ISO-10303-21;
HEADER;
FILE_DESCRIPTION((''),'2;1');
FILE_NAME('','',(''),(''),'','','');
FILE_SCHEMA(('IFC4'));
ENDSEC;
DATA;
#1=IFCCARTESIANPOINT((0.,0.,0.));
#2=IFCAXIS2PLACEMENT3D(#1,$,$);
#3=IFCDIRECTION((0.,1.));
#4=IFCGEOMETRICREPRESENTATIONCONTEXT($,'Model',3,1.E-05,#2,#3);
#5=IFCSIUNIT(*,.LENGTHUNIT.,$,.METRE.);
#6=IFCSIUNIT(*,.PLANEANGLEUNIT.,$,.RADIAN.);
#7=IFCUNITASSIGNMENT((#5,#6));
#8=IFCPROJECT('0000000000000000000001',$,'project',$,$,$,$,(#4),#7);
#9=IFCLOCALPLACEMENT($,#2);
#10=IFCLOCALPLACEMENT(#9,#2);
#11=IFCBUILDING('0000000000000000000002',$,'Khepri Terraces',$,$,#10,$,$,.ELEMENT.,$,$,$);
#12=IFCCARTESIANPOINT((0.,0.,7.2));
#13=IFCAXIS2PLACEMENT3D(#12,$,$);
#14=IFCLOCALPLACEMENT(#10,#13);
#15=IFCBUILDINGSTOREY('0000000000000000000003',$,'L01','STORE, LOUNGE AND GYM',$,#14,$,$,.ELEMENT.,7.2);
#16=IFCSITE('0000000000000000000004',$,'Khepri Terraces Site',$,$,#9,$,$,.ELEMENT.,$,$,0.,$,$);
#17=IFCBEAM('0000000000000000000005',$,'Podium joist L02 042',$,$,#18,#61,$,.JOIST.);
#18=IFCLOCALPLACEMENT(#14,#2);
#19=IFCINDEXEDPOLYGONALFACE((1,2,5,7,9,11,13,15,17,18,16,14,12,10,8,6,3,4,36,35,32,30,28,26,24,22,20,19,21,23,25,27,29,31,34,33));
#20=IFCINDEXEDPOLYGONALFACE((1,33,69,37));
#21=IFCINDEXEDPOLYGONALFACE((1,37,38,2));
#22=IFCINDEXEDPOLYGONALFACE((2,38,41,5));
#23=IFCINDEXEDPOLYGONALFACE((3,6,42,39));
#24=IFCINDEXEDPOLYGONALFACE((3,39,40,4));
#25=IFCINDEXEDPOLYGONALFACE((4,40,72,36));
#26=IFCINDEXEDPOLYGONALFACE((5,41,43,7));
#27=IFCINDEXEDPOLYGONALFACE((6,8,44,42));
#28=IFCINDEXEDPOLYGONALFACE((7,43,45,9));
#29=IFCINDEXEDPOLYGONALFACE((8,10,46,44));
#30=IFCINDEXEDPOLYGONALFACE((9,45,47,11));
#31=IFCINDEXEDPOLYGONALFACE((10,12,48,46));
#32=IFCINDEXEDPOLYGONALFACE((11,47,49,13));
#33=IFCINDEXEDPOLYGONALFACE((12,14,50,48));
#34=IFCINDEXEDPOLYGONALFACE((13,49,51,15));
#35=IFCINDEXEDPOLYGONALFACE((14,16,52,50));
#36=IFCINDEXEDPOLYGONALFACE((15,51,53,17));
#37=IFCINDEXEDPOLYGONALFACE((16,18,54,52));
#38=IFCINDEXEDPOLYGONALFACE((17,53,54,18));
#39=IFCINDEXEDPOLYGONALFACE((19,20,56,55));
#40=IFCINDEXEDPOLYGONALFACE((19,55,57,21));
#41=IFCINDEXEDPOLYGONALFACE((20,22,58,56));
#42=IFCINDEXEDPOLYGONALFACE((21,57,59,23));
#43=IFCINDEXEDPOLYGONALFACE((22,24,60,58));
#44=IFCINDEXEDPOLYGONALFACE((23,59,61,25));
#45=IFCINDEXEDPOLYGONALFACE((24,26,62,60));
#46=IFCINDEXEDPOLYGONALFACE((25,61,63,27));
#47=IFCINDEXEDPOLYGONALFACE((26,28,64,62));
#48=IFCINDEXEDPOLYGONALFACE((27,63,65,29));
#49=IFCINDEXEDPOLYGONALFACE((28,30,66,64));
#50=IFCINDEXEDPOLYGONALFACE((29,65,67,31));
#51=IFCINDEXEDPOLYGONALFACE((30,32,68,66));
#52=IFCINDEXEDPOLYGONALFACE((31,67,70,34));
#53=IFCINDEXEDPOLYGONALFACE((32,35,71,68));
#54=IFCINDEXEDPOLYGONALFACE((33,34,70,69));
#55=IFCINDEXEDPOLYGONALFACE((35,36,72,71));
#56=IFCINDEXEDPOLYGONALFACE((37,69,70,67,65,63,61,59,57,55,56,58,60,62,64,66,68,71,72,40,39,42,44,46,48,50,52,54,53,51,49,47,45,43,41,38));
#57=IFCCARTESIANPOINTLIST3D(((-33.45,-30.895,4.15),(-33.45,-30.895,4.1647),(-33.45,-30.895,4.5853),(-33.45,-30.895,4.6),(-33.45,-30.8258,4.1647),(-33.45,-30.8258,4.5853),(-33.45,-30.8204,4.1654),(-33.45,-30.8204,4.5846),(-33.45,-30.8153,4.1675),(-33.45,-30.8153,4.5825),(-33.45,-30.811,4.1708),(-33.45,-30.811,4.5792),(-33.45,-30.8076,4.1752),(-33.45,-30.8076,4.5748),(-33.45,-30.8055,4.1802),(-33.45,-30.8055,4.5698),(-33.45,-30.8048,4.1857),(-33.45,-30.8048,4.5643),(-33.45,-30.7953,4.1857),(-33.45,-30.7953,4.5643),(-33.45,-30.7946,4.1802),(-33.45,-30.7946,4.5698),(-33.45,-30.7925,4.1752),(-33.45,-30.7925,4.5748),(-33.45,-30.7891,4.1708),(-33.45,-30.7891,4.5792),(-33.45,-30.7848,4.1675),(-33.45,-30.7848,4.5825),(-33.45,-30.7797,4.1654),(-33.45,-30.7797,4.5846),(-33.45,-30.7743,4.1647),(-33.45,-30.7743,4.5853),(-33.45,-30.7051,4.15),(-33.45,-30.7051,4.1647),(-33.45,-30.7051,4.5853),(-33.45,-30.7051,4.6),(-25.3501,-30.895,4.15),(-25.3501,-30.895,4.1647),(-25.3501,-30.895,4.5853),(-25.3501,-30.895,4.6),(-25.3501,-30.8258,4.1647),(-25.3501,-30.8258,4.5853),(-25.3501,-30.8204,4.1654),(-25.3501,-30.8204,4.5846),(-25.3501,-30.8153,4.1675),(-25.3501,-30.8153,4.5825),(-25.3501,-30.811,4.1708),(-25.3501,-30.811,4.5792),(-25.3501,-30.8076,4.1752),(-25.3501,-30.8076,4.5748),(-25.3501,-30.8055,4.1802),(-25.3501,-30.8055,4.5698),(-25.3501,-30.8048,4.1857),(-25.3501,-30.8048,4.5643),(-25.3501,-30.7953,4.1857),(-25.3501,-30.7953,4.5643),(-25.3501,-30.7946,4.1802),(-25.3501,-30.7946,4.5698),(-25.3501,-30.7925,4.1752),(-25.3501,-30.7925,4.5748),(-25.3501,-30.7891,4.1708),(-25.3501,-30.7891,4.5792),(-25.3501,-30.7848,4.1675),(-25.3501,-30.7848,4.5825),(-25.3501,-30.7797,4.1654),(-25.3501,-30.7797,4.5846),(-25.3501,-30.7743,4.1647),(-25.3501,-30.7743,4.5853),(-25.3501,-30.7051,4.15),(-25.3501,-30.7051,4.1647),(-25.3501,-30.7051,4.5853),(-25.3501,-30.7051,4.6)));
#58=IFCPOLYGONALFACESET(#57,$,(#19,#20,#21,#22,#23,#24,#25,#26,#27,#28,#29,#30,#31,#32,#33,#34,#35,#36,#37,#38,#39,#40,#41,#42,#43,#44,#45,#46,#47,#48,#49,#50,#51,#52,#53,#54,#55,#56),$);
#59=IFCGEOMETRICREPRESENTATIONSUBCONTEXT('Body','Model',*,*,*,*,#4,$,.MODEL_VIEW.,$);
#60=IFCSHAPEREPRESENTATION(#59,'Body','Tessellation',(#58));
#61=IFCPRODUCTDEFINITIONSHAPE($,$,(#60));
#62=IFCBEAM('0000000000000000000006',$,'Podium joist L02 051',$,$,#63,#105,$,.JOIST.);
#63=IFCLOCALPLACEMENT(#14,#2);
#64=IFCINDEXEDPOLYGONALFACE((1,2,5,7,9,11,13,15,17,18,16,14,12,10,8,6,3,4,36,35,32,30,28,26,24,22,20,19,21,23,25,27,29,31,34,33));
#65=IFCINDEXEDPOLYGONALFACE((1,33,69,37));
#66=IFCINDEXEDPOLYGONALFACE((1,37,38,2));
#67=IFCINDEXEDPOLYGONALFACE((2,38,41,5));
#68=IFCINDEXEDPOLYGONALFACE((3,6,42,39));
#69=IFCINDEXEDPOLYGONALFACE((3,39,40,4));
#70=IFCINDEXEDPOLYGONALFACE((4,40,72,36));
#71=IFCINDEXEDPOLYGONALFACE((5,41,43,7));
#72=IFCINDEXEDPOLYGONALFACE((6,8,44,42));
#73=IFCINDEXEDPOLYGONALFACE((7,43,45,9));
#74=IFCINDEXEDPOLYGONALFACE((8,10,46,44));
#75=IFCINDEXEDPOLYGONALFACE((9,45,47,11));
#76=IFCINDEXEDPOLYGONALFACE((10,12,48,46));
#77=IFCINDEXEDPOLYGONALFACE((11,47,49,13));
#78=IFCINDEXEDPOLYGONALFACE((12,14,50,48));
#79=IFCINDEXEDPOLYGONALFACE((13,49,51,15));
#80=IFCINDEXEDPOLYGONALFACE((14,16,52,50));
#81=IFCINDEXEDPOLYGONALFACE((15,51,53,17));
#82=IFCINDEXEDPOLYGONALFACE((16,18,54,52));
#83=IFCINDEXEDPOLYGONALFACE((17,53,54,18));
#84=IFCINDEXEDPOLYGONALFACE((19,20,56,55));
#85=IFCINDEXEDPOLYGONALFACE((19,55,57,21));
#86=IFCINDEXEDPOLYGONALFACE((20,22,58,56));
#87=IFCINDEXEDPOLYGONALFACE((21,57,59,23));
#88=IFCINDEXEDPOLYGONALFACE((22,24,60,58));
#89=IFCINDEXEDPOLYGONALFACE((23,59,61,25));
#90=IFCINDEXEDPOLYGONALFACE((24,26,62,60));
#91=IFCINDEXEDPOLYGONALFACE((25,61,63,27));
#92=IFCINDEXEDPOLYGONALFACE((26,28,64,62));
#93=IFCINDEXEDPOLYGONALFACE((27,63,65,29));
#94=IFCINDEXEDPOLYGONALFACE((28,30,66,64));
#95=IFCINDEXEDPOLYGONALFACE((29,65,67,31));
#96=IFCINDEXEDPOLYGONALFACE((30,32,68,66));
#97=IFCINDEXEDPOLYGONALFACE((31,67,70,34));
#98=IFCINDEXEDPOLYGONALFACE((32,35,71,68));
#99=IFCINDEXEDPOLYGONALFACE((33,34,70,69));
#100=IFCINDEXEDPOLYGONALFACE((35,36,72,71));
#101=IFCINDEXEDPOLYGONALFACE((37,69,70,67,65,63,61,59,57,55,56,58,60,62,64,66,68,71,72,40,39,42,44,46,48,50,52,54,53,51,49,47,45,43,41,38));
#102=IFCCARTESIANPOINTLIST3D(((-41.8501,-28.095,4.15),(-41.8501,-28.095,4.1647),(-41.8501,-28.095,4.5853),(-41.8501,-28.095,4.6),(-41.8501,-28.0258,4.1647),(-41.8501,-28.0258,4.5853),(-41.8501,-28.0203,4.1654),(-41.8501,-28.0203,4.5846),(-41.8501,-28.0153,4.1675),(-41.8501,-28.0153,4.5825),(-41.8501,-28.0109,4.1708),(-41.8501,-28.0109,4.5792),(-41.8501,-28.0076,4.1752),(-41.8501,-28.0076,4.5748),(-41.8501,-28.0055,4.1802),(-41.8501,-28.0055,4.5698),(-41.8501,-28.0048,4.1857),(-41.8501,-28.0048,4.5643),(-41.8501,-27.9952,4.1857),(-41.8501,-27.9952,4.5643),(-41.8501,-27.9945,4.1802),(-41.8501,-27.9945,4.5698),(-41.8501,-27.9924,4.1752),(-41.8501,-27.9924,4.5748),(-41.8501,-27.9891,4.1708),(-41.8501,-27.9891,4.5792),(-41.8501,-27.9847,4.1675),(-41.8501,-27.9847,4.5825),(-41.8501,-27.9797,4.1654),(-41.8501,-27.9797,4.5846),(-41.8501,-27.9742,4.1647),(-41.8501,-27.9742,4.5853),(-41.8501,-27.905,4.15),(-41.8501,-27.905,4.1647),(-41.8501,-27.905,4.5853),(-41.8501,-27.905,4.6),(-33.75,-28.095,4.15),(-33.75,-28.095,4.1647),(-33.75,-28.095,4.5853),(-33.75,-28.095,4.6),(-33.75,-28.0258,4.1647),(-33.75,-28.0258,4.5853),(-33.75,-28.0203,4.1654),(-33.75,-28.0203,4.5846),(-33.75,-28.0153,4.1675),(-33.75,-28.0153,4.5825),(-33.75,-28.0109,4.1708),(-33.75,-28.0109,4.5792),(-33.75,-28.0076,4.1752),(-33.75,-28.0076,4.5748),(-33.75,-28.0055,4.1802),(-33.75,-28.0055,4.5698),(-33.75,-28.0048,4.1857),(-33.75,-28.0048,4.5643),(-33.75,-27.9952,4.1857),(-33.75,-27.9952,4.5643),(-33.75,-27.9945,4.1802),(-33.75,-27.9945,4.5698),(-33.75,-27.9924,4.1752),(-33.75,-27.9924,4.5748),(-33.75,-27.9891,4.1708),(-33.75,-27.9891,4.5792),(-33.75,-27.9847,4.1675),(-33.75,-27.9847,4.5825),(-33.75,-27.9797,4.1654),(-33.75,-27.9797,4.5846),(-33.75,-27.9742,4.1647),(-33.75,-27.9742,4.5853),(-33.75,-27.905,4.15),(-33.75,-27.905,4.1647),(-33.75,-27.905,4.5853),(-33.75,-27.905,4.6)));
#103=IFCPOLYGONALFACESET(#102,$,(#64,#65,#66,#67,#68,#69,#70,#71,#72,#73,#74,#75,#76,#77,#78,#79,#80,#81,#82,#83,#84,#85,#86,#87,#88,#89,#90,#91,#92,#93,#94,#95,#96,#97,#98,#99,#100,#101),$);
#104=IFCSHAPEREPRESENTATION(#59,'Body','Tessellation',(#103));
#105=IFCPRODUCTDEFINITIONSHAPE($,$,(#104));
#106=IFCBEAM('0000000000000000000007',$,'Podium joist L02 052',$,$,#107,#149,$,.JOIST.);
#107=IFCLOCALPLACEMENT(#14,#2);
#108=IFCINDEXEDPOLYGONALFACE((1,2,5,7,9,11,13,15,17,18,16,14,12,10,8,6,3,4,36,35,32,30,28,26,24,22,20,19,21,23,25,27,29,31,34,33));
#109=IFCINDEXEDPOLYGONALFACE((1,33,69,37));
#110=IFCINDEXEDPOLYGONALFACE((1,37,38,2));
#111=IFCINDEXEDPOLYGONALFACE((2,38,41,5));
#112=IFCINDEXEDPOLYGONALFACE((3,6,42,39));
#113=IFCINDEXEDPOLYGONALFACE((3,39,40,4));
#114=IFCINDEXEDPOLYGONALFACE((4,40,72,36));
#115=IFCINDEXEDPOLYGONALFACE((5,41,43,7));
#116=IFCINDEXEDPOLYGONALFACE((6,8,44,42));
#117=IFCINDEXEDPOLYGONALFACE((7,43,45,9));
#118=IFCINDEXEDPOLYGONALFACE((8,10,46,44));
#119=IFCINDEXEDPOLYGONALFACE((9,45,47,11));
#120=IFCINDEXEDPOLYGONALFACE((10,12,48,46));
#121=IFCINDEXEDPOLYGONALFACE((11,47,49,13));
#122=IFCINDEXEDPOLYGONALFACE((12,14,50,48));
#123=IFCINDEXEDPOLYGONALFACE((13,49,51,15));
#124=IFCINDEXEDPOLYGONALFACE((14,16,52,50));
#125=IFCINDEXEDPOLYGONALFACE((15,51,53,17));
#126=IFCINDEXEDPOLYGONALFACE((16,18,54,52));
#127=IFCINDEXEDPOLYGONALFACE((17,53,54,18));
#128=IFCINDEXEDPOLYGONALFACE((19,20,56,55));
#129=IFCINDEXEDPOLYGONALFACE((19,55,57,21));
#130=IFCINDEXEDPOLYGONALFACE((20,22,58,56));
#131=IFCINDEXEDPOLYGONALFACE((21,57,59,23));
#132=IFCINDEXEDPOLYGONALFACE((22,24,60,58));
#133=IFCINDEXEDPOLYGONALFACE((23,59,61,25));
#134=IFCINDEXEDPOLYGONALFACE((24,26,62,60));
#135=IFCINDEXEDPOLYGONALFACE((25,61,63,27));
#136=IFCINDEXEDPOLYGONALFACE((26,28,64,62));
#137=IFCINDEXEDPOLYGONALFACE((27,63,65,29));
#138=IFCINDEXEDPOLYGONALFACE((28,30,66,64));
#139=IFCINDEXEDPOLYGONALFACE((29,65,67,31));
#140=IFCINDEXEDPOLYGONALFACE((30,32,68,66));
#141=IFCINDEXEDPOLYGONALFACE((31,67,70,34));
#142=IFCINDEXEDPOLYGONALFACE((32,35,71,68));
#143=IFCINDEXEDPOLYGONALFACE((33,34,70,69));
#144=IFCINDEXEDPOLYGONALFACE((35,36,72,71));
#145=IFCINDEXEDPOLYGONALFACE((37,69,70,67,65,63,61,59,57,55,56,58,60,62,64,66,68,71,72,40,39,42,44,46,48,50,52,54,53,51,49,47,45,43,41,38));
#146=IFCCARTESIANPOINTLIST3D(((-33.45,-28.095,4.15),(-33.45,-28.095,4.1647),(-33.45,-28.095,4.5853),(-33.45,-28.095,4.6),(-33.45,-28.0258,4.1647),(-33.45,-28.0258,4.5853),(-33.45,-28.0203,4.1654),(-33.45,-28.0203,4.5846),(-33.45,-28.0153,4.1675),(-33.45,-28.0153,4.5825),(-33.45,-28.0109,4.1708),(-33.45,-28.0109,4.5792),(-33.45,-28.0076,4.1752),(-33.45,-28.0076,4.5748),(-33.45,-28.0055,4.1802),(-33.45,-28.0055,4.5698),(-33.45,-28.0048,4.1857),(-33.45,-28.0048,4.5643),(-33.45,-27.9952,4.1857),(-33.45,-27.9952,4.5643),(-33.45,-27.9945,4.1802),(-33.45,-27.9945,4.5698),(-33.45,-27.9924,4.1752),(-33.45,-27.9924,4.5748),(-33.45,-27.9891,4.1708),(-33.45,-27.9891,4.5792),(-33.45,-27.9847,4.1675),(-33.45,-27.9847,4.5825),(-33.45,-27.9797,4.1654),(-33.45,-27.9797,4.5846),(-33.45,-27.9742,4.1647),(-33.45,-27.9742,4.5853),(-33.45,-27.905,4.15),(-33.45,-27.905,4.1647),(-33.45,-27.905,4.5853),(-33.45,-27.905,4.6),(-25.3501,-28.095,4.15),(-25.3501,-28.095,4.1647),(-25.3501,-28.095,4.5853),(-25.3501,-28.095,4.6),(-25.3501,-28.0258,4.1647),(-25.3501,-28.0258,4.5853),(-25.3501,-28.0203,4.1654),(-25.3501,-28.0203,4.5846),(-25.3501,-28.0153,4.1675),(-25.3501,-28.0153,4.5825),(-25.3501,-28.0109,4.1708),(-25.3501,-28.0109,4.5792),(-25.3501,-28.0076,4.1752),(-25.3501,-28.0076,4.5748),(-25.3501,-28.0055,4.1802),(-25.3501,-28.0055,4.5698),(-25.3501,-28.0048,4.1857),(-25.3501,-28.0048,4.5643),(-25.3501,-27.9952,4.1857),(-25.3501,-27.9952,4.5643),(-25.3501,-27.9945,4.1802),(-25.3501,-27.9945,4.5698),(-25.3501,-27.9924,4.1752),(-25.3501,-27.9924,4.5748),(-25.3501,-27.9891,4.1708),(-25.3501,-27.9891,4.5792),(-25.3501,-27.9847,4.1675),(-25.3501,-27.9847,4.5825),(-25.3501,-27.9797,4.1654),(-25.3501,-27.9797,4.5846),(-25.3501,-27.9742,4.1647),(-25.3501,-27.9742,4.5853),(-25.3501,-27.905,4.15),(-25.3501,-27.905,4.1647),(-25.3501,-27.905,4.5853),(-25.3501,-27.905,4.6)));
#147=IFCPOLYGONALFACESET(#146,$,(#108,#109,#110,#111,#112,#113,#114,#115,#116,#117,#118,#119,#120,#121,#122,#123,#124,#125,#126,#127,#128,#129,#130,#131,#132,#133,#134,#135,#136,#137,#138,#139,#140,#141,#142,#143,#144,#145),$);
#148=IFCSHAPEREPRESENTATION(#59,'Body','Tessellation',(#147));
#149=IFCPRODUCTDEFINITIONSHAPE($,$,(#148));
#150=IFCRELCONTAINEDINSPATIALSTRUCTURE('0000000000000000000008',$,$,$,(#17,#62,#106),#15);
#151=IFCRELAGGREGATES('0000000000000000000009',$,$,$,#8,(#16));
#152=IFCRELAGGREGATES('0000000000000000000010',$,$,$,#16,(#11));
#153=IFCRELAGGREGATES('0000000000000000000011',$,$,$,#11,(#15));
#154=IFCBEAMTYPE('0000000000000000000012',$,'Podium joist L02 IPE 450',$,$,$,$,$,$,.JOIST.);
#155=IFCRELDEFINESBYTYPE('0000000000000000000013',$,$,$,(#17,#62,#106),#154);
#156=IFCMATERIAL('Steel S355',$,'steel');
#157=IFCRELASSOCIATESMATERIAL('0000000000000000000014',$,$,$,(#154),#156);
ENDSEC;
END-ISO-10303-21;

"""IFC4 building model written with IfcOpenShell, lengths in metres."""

from ifc_helpers import new_model, si_unit, direction, frame, origin, origin_2d, place, context, subcontext, project, spatial, i_section, extrude, material, material_profile, profile_set, type_object, element, save


model = new_model("IFC4")

# Units and contexts
model_context = context("Model", 3, precision=1e-05, world=origin(), true_north=direction((0.0, 1.0)))
body_context = subcontext(model_context, "Body", "Model", "MODEL_VIEW")
ifc_project = project(units=[si_unit("LENGTHUNIT", "METRE"), si_unit("PLANEANGLEUNIT", "RADIAN")], contexts=[model_context])

# Site, building, storey
site_placement = place(None, origin())
site = spatial("IfcSite", under=ifc_project, at=site_placement, Name="Khepri Terraces Site", CompositionType="ELEMENT", RefElevation=0.0)
building_placement = place(site_placement, origin())
building = spatial("IfcBuilding", under=site, at=building_placement, Name="Khepri Terraces", CompositionType="ELEMENT")
storey_placement = place(building_placement, frame((0.0, 0.0, 7.2)))
storey = spatial("IfcBuildingStorey", under=building, at=storey_placement, Name="L01", Description="STORE, LOUNGE AND GYM", CompositionType="ELEMENT", Elevation=7.2)

# Beams
ifc_material_1 = material(Name="Steel S355", Category="steel")
ifc_material_profile_1 = material_profile(ifc_material_1, i_section(OverallWidth=0.1899, OverallDepth=0.45, WebThickness=0.0095, FlangeThickness=0.0146, FilletRadius=0.021, at=origin_2d()), Name="Steel S355", Category="steel")
ifc_profile_set_1 = profile_set([ifc_material_profile_1], Name="Steel S355")
beam_type_1 = type_object("IfcBeamType", Name="Podium joist L02 IPE 450", PredefinedType="JOIST", material=ifc_profile_set_1)
for number, where, z_axis, x_axis, name in (
    (1, (-33.45, -30.8, 4.375), (1.0, 0.0, 0.0), (0.0, 1.0, 0.0), "Podium joist L02 042"),
):
    element("IfcBeam", number, at=place(storey_placement, frame(where, z_axis=z_axis, x_axis=x_axis)), inside=storey, type_object=beam_type_1, Name=name, PredefinedType="JOIST", context=body_context, shape_type="SweptSolid", body=[
        extrude(i_section(OverallWidth=0.1899, OverallDepth=0.45, WebThickness=0.0095, FlangeThickness=0.0146, FilletRadius=0.021, at=origin_2d()), origin(), (0.0, 0.0, 1.0), 8.0999),
    ])
beam_1_placement = place(storey_placement, frame((-41.8501, -28.0, 4.375), z_axis=(1.0, 0.0, 0.0), x_axis=(0.0, 1.0, 0.0)))
element("IfcBeam", 2, at=beam_1_placement, inside=storey, type_object=beam_type_1, Name="Podium joist L02 051", PredefinedType="JOIST", context=body_context, shape_type="SweptSolid", body=[
    extrude(i_section(OverallWidth=0.1899, OverallDepth=0.45, WebThickness=0.0095, FlangeThickness=0.0146, FilletRadius=0.021, at=origin_2d()), origin(), (0.0, 0.0, 1.0), 8.1001),
])
beam_2_placement = place(storey_placement, frame((-33.45, -28.0, 4.375), z_axis=(1.0, 0.0, 0.0), x_axis=(0.0, 1.0, 0.0)))
element("IfcBeam", 3, at=beam_2_placement, inside=storey, type_object=beam_type_1, Name="Podium joist L02 052", PredefinedType="JOIST", context=body_context, shape_type="SweptSolid", body=[
    extrude(i_section(OverallWidth=0.1899, OverallDepth=0.45, WebThickness=0.0095, FlangeThickness=0.0146, FilletRadius=0.021, at=origin_2d()), origin(), (0.0, 0.0, 1.0), 8.0999),
])

save(model, "model.ifc")
